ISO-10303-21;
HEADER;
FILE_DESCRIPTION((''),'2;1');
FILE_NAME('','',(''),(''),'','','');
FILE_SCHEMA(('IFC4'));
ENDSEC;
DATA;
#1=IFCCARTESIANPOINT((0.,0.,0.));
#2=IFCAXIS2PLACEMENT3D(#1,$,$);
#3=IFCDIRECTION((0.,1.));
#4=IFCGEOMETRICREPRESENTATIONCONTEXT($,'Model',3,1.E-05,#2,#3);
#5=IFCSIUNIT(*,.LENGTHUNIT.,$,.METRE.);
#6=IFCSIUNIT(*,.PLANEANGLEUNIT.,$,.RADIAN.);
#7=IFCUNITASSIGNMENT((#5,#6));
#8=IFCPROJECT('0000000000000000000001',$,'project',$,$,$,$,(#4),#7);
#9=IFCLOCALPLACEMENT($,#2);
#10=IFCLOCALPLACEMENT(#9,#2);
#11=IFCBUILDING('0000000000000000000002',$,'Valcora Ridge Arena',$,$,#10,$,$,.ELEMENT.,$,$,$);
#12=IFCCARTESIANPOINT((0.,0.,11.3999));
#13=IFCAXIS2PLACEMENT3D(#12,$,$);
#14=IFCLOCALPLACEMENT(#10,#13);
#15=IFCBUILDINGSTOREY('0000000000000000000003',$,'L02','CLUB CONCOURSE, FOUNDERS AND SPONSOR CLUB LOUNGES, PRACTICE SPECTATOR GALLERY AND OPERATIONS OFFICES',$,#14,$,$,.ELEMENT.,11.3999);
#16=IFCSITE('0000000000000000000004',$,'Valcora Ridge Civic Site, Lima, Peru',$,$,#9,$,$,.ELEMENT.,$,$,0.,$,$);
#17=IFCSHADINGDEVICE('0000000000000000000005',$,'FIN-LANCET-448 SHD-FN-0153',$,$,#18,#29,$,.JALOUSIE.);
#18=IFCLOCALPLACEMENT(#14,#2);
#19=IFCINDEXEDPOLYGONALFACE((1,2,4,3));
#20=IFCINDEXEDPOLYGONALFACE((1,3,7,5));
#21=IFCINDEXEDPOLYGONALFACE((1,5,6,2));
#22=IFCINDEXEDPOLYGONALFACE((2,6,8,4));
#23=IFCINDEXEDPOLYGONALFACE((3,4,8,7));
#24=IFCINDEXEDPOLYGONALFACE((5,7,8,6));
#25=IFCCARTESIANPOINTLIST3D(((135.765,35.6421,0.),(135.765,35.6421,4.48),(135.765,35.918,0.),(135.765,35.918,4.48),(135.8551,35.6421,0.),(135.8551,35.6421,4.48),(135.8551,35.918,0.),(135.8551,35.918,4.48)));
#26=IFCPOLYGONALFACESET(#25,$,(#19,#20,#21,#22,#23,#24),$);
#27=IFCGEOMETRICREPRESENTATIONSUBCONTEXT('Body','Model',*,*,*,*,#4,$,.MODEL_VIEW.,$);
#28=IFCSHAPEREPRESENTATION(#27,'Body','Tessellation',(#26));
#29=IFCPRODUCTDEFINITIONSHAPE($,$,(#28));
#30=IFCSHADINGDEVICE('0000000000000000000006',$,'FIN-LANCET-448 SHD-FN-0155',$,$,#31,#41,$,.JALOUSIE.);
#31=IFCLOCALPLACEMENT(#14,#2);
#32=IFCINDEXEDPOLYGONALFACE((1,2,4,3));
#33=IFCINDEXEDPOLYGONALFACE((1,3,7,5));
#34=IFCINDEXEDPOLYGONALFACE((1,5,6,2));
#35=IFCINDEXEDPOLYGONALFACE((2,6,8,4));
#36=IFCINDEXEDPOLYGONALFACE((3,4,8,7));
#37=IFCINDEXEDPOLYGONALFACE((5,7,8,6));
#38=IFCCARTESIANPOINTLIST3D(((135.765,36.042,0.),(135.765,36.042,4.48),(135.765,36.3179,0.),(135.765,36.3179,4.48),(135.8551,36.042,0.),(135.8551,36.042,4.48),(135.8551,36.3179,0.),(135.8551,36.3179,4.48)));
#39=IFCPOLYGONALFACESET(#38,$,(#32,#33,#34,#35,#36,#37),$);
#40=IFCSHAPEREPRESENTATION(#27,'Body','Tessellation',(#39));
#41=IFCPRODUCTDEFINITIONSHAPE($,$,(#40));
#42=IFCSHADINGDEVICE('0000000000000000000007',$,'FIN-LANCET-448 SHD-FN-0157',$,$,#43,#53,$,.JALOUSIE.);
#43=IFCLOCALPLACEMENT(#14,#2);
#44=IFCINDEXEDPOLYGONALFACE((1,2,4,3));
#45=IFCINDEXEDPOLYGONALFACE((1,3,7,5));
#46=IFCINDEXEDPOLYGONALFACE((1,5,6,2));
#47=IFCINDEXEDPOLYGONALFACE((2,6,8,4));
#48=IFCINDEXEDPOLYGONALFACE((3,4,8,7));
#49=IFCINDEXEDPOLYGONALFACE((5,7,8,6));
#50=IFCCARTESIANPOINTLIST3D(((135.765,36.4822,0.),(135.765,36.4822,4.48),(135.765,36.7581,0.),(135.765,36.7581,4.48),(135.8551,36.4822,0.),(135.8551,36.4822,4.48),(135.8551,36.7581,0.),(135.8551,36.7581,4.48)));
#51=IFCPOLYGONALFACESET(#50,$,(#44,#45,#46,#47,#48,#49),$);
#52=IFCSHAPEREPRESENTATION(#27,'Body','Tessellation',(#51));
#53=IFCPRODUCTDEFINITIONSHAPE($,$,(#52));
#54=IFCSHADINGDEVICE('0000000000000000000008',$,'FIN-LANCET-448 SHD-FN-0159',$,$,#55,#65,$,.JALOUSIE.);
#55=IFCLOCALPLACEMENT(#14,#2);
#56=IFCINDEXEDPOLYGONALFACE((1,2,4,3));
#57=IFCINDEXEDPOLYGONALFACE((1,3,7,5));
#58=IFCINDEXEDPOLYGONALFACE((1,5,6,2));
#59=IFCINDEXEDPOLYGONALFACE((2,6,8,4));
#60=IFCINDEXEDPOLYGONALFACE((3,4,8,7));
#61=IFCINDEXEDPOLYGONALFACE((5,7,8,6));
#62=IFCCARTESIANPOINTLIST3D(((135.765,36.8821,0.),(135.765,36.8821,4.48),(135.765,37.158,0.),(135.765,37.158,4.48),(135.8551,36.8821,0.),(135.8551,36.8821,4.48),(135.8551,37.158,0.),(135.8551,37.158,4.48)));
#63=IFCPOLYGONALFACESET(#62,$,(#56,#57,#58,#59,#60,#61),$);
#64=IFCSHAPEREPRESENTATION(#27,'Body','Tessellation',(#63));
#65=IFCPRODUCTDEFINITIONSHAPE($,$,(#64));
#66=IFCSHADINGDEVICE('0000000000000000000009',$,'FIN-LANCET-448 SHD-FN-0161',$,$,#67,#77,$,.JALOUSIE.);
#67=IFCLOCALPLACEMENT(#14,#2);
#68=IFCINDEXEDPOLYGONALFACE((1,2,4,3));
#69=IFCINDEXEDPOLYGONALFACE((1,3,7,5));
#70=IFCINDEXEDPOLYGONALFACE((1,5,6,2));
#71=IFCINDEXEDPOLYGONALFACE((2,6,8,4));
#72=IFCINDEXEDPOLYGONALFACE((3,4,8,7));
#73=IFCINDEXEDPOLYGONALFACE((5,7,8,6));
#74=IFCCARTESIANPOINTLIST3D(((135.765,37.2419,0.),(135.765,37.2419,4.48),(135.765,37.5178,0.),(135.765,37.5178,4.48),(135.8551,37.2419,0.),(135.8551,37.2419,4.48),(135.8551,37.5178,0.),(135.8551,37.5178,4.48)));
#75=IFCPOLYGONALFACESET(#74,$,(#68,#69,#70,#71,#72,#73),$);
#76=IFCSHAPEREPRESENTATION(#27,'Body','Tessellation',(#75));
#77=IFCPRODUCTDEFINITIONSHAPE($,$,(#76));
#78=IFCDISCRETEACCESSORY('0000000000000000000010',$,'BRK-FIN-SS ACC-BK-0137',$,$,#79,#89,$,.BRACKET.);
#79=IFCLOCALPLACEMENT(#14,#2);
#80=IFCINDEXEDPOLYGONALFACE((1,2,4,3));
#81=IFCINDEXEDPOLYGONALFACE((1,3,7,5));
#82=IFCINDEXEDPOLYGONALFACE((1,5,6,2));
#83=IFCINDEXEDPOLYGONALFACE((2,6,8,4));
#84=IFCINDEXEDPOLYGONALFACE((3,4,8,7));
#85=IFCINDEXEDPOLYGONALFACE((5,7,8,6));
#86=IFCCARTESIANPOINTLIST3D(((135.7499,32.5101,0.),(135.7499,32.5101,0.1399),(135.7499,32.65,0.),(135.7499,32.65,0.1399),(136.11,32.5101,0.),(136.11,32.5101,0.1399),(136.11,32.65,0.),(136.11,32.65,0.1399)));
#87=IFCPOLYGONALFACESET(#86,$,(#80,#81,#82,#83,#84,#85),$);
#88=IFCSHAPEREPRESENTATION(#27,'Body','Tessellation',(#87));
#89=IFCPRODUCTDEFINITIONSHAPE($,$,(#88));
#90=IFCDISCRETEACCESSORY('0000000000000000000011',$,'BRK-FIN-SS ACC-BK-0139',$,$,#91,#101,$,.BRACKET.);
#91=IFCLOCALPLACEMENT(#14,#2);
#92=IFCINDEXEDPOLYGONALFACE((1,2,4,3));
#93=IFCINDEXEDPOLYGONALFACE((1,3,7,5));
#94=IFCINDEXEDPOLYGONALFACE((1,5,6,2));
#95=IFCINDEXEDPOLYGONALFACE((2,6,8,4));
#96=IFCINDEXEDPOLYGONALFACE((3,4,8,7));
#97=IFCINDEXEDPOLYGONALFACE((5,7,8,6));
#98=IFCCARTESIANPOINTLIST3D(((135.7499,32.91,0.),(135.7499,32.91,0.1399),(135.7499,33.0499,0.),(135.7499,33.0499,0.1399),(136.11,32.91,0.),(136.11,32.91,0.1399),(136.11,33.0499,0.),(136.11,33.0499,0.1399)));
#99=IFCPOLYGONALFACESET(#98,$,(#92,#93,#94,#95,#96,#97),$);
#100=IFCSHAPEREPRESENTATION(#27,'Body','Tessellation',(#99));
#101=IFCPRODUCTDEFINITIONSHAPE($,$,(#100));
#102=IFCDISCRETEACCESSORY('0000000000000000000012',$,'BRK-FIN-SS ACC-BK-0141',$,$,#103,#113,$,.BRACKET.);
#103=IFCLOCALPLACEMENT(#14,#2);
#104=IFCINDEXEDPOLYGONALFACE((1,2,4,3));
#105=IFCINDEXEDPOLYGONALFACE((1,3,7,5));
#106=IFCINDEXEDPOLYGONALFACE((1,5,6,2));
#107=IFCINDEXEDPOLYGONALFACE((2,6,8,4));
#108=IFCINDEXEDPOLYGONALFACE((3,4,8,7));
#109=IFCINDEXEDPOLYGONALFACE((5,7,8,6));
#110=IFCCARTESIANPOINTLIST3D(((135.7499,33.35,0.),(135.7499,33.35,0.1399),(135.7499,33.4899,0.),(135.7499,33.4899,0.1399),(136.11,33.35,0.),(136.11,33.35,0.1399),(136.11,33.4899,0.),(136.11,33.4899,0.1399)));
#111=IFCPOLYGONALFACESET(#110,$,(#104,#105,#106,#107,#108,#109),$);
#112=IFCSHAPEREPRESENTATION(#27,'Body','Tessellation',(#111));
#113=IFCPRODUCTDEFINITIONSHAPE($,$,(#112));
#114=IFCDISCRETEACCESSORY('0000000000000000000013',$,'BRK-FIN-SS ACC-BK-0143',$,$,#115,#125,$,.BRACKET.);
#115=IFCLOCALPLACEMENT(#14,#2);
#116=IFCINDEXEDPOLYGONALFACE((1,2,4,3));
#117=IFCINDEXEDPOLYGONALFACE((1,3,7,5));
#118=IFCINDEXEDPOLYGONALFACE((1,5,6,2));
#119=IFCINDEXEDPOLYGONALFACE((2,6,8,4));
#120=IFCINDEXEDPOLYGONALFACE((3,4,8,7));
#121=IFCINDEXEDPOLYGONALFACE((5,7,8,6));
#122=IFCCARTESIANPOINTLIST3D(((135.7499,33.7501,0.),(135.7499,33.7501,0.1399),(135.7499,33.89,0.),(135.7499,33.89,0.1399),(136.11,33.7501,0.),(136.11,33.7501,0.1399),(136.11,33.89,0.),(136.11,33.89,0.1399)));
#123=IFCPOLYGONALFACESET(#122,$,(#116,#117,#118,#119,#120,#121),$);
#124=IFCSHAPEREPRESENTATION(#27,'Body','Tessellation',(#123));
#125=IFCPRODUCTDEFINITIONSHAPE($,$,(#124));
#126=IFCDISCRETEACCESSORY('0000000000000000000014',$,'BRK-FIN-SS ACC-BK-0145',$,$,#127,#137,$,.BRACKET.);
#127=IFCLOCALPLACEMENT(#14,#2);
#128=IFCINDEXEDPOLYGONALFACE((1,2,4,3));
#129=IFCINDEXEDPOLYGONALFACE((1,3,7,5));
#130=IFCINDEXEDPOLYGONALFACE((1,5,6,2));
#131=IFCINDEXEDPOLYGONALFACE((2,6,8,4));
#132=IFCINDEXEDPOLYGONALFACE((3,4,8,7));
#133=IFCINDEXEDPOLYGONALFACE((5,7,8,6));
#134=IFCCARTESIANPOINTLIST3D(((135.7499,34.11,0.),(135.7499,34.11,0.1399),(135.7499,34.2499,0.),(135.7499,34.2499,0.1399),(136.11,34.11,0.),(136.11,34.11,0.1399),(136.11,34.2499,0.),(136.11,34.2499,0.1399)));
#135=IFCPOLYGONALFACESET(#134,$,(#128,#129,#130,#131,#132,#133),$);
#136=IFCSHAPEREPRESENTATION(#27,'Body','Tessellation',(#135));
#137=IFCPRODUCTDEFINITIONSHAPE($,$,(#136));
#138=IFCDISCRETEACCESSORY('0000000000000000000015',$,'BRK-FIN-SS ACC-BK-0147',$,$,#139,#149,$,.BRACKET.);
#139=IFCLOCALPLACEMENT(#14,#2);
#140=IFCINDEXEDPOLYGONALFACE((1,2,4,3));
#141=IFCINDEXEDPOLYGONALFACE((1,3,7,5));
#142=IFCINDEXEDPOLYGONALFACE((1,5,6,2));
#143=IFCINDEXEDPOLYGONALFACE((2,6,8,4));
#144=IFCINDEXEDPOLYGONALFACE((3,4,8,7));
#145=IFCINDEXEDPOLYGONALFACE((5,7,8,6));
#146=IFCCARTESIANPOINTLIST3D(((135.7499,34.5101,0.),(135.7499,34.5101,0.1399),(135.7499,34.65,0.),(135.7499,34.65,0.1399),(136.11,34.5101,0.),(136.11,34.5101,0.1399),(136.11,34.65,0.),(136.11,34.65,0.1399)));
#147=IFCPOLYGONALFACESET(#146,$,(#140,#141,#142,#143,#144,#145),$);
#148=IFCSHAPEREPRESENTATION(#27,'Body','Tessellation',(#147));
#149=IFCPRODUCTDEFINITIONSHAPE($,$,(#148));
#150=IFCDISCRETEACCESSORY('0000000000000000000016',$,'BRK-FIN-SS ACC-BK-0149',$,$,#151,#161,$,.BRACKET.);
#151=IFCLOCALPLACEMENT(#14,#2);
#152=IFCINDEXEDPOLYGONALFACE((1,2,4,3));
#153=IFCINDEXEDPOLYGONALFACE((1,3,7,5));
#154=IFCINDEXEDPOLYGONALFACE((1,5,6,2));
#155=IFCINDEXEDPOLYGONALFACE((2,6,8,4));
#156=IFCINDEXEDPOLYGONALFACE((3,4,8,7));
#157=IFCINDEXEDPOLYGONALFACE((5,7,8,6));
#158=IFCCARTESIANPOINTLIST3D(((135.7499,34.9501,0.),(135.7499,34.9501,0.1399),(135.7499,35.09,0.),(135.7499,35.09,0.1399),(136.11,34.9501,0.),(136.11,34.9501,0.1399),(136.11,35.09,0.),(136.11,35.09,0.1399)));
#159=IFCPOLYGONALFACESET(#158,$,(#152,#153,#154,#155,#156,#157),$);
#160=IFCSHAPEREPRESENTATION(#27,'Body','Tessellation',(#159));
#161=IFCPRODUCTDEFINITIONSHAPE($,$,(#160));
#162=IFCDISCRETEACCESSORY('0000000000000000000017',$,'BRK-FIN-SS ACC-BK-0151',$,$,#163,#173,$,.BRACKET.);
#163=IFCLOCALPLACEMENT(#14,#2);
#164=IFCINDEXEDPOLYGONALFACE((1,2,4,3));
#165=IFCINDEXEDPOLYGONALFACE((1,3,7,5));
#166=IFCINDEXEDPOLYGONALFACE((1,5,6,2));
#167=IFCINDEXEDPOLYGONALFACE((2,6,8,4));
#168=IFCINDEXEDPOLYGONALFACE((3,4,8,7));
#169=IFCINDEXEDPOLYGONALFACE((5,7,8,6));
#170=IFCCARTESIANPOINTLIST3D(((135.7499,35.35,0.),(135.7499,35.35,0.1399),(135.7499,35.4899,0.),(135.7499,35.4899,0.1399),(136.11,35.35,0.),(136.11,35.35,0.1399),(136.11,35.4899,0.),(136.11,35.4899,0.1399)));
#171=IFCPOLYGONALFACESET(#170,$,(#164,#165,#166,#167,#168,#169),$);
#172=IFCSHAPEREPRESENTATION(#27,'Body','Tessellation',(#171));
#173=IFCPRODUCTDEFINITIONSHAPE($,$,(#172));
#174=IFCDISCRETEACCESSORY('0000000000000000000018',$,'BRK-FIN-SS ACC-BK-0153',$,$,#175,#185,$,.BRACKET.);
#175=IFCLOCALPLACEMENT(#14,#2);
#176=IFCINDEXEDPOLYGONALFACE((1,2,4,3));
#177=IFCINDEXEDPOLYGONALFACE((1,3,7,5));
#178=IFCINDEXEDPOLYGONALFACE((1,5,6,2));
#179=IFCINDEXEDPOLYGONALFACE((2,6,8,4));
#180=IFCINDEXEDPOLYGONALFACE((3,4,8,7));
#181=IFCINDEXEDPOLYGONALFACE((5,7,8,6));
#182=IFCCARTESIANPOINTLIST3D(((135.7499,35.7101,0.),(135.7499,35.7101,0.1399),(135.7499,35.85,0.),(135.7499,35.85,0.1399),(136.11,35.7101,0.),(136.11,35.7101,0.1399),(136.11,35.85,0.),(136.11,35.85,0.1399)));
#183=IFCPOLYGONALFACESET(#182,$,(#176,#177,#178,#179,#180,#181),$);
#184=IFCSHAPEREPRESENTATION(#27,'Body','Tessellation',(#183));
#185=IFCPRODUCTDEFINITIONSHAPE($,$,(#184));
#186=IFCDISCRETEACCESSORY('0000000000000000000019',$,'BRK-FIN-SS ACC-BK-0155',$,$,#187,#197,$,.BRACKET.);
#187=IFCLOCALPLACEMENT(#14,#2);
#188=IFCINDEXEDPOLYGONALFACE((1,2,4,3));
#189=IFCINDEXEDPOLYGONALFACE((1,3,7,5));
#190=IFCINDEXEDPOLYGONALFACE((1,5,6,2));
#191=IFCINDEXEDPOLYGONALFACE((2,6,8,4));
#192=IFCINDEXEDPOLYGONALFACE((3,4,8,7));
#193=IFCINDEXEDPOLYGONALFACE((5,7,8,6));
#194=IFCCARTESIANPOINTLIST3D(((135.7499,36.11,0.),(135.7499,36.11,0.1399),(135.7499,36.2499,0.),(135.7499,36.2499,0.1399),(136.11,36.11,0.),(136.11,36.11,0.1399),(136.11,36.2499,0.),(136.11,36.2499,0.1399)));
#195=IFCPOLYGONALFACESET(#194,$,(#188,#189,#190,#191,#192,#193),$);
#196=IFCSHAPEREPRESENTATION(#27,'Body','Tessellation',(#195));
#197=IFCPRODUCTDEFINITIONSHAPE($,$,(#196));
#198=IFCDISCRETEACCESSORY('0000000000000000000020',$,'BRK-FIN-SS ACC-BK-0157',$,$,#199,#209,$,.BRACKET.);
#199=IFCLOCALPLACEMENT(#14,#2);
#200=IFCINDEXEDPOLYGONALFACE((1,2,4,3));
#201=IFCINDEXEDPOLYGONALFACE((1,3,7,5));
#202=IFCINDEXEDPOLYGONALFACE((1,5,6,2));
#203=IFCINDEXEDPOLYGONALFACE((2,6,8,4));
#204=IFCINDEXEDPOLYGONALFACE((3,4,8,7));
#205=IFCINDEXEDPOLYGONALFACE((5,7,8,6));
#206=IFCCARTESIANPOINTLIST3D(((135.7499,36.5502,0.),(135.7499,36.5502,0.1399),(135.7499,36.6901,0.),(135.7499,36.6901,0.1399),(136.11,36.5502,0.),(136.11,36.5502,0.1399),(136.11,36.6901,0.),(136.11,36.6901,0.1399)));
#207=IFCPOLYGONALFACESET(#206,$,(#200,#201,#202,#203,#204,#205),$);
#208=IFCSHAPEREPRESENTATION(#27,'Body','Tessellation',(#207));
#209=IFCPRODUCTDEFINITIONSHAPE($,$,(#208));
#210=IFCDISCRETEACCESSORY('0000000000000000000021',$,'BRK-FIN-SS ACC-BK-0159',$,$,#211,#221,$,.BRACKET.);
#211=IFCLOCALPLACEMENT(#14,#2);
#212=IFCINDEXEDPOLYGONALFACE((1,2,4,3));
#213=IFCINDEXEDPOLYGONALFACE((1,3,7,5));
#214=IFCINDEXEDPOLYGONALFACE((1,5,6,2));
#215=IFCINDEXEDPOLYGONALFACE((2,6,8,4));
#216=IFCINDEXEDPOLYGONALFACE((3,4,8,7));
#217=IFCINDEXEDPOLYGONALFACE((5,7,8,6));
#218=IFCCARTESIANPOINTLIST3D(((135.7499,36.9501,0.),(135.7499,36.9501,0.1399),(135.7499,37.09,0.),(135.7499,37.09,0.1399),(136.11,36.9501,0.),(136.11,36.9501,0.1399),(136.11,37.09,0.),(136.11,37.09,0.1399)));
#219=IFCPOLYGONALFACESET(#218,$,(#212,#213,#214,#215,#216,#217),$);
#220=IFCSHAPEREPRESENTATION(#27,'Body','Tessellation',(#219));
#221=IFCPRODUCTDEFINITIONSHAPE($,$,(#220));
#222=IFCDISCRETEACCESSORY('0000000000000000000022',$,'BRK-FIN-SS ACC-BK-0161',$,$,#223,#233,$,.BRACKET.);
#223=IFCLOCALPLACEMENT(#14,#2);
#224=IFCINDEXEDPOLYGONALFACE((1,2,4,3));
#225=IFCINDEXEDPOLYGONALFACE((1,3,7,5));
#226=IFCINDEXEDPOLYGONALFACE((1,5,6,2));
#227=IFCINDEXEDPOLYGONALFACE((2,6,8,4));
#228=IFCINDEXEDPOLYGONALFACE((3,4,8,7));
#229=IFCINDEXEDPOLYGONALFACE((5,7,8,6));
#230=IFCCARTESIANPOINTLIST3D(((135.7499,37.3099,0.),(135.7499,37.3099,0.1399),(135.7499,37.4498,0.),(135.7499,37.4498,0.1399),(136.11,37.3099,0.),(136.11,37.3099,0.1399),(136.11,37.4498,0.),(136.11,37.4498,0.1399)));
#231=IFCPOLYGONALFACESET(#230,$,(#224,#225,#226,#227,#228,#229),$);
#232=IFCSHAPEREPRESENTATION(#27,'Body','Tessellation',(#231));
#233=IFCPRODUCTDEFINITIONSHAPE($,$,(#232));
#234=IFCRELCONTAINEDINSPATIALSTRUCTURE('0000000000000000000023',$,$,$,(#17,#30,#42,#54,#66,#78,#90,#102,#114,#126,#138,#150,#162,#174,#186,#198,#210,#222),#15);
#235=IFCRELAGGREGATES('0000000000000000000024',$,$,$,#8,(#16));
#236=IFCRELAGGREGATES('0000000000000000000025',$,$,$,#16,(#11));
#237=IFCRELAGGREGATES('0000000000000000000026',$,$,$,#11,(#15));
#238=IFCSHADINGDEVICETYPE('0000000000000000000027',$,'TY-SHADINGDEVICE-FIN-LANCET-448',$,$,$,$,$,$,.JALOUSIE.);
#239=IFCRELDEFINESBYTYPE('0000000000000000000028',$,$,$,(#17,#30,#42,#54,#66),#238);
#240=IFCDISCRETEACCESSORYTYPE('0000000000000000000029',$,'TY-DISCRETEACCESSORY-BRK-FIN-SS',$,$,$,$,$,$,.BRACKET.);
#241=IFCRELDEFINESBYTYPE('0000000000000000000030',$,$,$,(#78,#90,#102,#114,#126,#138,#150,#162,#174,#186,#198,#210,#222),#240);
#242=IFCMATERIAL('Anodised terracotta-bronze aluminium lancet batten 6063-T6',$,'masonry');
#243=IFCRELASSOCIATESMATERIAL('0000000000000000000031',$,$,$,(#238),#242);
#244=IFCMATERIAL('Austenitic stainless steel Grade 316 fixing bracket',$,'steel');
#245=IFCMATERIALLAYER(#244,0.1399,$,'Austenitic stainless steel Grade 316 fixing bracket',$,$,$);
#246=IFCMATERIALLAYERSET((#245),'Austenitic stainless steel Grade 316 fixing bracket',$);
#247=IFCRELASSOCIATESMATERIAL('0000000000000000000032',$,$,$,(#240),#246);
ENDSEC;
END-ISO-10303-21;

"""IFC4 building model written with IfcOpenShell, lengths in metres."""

from ifc_helpers import new_model, si_unit, direction, frame, origin, origin_2d, place, context, subcontext, project, spatial, rectangle, extrude, material, layer, layer_set, material_profile, profile_set, type_object, element, save


model = new_model("IFC4")

# Units and contexts
model_context = context("Model", 3, precision=1e-05, world=origin(), true_north=direction((0.0, 1.0)))
body_context = subcontext(model_context, "Body", "Model", "MODEL_VIEW")
ifc_project = project(units=[si_unit("LENGTHUNIT", "METRE"), si_unit("PLANEANGLEUNIT", "RADIAN")], contexts=[model_context])

# Site, building, storey
site_placement = place(None, origin())
site = spatial("IfcSite", under=ifc_project, at=site_placement, Name="Valcora Ridge Civic Site, Lima, Peru", CompositionType="ELEMENT", RefElevation=0.0)
building_placement = place(site_placement, origin())
building = spatial("IfcBuilding", under=site, at=building_placement, Name="Valcora Ridge Arena", CompositionType="ELEMENT")
storey_placement = place(building_placement, frame((0.0, 0.0, 11.3999)))
storey = spatial("IfcBuildingStorey", under=building, at=storey_placement, Name="L02", Description="CLUB CONCOURSE, FOUNDERS AND SPONSOR CLUB LOUNGES, PRACTICE SPECTATOR GALLERY AND OPERATIONS OFFICES", CompositionType="ELEMENT", Elevation=11.3999)

# Shared definitions
ifc_material_1 = material(Name="Anodised terracotta-bronze aluminium lancet batten 6063-T6", Category="masonry")

# Shading devices
ifc_material_profile = material_profile(ifc_material_1, rectangle(XDim=0.0901, YDim=0.2759, at=origin_2d()), Name="ALU LANCET BATTEN 90x276")
ifc_profile_set = profile_set([ifc_material_profile], Name="Anodised terracotta-bronze aluminium lancet batten 6063-T6")
shading_device_type = type_object("IfcShadingDeviceType", Name="TY-SHADINGDEVICE-FIN-LANCET-448", PredefinedType="JALOUSIE", material=ifc_profile_set)
for number, where, z_axis, x_axis, name in (
    (1, (135.8101, 35.78, 0.0), (0.0, 0.0, 1.0), (1.0, 0.0, 0.0), "FIN-LANCET-448 SHD-FN-0153"),
    (2, (135.8101, 36.1799, 0.0), (0.0, 0.0, 1.0), (1.0, 0.0, 0.0), "FIN-LANCET-448 SHD-FN-0155"),
    (3, (135.8101, 36.6201, 0.0), (0.0, 0.0, 1.0), (1.0, 0.0, 0.0), "FIN-LANCET-448 SHD-FN-0157"),
    (4, (135.8101, 37.02, 0.0), (0.0, 0.0, 1.0), (1.0, 0.0, 0.0), "FIN-LANCET-448 SHD-FN-0159"),
    (5, (135.8101, 37.3799, 0.0), (0.0, 0.0, 1.0), (1.0, 0.0, 0.0), "FIN-LANCET-448 SHD-FN-0161"),
):
    element("IfcShadingDevice", number, at=place(storey_placement, frame(where, z_axis=z_axis, x_axis=x_axis)), inside=storey, type_object=shading_device_type, Name=name, PredefinedType="JALOUSIE", context=body_context, shape_type="SweptSolid", body=[
        extrude(rectangle(XDim=0.0901, YDim=0.2759, at=origin_2d()), origin(), (0.0, 0.0, 1.0), 4.48),
    ])

# Discrete accessories
ifc_material_2 = material(Name="Austenitic stainless steel Grade 316 fixing bracket", Category="steel")
ifc_layer_1 = layer(ifc_material_2, 0.1399, Name="Austenitic stainless steel Grade 316 fixing bracket")
ifc_layer_set_1 = layer_set([ifc_layer_1], Name="Austenitic stainless steel Grade 316 fixing bracket")
discrete_accessory_type = type_object("IfcDiscreteAccessoryType", Name="TY-DISCRETEACCESSORY-BRK-FIN-SS", PredefinedType="BRACKET", material=ifc_layer_set_1)
for number, where, z_axis, x_axis, name in (
    (6, (135.9299, 32.5801, 0.0), (0.0, 0.0, 1.0), (1.0, 0.0, 0.0), "BRK-FIN-SS ACC-BK-0137"),
    (7, (135.9299, 32.98, 0.0), (0.0, 0.0, 1.0), (1.0, 0.0, 0.0), "BRK-FIN-SS ACC-BK-0139"),
    (8, (135.9299, 33.4199, 0.0), (0.0, 0.0, 1.0), (1.0, 0.0, 0.0), "BRK-FIN-SS ACC-BK-0141"),
    (9, (135.9299, 33.8201, 0.0), (0.0, 0.0, 1.0), (1.0, 0.0, 0.0), "BRK-FIN-SS ACC-BK-0143"),
    (10, (135.9299, 34.1799, 0.0), (0.0, 0.0, 1.0), (1.0, 0.0, 0.0), "BRK-FIN-SS ACC-BK-0145"),
    (11, (135.9299, 34.5801, 0.0), (0.0, 0.0, 1.0), (1.0, 0.0, 0.0), "BRK-FIN-SS ACC-BK-0147"),
    (12, (135.9299, 35.02, 0.0), (0.0, 0.0, 1.0), (1.0, 0.0, 0.0), "BRK-FIN-SS ACC-BK-0149"),
    (13, (135.9299, 35.4199, 0.0), (0.0, 0.0, 1.0), (1.0, 0.0, 0.0), "BRK-FIN-SS ACC-BK-0151"),
    (14, (135.9299, 35.78, 0.0), (0.0, 0.0, 1.0), (1.0, 0.0, 0.0), "BRK-FIN-SS ACC-BK-0153"),
    (15, (135.9299, 36.1799, 0.0), (0.0, 0.0, 1.0), (1.0, 0.0, 0.0), "BRK-FIN-SS ACC-BK-0155"),
    (16, (135.9299, 36.6201, 0.0), (0.0, 0.0, 1.0), (1.0, 0.0, 0.0), "BRK-FIN-SS ACC-BK-0157"),
    (17, (135.9299, 37.02, 0.0), (0.0, 0.0, 1.0), (1.0, 0.0, 0.0), "BRK-FIN-SS ACC-BK-0159"),
    (18, (135.9299, 37.3799, 0.0), (0.0, 0.0, 1.0), (1.0, 0.0, 0.0), "BRK-FIN-SS ACC-BK-0161"),
):
    element("IfcDiscreteAccessory", number, at=place(storey_placement, frame(where, z_axis=z_axis, x_axis=x_axis)), inside=storey, type_object=discrete_accessory_type, Name=name, PredefinedType="BRACKET", context=body_context, shape_type="SweptSolid", body=[
        extrude(rectangle(XDim=0.3601, YDim=0.1399, at=origin_2d()), origin(), (0.0, 0.0, 1.0), 0.1399),
    ])

save(model, "model.ifc")
